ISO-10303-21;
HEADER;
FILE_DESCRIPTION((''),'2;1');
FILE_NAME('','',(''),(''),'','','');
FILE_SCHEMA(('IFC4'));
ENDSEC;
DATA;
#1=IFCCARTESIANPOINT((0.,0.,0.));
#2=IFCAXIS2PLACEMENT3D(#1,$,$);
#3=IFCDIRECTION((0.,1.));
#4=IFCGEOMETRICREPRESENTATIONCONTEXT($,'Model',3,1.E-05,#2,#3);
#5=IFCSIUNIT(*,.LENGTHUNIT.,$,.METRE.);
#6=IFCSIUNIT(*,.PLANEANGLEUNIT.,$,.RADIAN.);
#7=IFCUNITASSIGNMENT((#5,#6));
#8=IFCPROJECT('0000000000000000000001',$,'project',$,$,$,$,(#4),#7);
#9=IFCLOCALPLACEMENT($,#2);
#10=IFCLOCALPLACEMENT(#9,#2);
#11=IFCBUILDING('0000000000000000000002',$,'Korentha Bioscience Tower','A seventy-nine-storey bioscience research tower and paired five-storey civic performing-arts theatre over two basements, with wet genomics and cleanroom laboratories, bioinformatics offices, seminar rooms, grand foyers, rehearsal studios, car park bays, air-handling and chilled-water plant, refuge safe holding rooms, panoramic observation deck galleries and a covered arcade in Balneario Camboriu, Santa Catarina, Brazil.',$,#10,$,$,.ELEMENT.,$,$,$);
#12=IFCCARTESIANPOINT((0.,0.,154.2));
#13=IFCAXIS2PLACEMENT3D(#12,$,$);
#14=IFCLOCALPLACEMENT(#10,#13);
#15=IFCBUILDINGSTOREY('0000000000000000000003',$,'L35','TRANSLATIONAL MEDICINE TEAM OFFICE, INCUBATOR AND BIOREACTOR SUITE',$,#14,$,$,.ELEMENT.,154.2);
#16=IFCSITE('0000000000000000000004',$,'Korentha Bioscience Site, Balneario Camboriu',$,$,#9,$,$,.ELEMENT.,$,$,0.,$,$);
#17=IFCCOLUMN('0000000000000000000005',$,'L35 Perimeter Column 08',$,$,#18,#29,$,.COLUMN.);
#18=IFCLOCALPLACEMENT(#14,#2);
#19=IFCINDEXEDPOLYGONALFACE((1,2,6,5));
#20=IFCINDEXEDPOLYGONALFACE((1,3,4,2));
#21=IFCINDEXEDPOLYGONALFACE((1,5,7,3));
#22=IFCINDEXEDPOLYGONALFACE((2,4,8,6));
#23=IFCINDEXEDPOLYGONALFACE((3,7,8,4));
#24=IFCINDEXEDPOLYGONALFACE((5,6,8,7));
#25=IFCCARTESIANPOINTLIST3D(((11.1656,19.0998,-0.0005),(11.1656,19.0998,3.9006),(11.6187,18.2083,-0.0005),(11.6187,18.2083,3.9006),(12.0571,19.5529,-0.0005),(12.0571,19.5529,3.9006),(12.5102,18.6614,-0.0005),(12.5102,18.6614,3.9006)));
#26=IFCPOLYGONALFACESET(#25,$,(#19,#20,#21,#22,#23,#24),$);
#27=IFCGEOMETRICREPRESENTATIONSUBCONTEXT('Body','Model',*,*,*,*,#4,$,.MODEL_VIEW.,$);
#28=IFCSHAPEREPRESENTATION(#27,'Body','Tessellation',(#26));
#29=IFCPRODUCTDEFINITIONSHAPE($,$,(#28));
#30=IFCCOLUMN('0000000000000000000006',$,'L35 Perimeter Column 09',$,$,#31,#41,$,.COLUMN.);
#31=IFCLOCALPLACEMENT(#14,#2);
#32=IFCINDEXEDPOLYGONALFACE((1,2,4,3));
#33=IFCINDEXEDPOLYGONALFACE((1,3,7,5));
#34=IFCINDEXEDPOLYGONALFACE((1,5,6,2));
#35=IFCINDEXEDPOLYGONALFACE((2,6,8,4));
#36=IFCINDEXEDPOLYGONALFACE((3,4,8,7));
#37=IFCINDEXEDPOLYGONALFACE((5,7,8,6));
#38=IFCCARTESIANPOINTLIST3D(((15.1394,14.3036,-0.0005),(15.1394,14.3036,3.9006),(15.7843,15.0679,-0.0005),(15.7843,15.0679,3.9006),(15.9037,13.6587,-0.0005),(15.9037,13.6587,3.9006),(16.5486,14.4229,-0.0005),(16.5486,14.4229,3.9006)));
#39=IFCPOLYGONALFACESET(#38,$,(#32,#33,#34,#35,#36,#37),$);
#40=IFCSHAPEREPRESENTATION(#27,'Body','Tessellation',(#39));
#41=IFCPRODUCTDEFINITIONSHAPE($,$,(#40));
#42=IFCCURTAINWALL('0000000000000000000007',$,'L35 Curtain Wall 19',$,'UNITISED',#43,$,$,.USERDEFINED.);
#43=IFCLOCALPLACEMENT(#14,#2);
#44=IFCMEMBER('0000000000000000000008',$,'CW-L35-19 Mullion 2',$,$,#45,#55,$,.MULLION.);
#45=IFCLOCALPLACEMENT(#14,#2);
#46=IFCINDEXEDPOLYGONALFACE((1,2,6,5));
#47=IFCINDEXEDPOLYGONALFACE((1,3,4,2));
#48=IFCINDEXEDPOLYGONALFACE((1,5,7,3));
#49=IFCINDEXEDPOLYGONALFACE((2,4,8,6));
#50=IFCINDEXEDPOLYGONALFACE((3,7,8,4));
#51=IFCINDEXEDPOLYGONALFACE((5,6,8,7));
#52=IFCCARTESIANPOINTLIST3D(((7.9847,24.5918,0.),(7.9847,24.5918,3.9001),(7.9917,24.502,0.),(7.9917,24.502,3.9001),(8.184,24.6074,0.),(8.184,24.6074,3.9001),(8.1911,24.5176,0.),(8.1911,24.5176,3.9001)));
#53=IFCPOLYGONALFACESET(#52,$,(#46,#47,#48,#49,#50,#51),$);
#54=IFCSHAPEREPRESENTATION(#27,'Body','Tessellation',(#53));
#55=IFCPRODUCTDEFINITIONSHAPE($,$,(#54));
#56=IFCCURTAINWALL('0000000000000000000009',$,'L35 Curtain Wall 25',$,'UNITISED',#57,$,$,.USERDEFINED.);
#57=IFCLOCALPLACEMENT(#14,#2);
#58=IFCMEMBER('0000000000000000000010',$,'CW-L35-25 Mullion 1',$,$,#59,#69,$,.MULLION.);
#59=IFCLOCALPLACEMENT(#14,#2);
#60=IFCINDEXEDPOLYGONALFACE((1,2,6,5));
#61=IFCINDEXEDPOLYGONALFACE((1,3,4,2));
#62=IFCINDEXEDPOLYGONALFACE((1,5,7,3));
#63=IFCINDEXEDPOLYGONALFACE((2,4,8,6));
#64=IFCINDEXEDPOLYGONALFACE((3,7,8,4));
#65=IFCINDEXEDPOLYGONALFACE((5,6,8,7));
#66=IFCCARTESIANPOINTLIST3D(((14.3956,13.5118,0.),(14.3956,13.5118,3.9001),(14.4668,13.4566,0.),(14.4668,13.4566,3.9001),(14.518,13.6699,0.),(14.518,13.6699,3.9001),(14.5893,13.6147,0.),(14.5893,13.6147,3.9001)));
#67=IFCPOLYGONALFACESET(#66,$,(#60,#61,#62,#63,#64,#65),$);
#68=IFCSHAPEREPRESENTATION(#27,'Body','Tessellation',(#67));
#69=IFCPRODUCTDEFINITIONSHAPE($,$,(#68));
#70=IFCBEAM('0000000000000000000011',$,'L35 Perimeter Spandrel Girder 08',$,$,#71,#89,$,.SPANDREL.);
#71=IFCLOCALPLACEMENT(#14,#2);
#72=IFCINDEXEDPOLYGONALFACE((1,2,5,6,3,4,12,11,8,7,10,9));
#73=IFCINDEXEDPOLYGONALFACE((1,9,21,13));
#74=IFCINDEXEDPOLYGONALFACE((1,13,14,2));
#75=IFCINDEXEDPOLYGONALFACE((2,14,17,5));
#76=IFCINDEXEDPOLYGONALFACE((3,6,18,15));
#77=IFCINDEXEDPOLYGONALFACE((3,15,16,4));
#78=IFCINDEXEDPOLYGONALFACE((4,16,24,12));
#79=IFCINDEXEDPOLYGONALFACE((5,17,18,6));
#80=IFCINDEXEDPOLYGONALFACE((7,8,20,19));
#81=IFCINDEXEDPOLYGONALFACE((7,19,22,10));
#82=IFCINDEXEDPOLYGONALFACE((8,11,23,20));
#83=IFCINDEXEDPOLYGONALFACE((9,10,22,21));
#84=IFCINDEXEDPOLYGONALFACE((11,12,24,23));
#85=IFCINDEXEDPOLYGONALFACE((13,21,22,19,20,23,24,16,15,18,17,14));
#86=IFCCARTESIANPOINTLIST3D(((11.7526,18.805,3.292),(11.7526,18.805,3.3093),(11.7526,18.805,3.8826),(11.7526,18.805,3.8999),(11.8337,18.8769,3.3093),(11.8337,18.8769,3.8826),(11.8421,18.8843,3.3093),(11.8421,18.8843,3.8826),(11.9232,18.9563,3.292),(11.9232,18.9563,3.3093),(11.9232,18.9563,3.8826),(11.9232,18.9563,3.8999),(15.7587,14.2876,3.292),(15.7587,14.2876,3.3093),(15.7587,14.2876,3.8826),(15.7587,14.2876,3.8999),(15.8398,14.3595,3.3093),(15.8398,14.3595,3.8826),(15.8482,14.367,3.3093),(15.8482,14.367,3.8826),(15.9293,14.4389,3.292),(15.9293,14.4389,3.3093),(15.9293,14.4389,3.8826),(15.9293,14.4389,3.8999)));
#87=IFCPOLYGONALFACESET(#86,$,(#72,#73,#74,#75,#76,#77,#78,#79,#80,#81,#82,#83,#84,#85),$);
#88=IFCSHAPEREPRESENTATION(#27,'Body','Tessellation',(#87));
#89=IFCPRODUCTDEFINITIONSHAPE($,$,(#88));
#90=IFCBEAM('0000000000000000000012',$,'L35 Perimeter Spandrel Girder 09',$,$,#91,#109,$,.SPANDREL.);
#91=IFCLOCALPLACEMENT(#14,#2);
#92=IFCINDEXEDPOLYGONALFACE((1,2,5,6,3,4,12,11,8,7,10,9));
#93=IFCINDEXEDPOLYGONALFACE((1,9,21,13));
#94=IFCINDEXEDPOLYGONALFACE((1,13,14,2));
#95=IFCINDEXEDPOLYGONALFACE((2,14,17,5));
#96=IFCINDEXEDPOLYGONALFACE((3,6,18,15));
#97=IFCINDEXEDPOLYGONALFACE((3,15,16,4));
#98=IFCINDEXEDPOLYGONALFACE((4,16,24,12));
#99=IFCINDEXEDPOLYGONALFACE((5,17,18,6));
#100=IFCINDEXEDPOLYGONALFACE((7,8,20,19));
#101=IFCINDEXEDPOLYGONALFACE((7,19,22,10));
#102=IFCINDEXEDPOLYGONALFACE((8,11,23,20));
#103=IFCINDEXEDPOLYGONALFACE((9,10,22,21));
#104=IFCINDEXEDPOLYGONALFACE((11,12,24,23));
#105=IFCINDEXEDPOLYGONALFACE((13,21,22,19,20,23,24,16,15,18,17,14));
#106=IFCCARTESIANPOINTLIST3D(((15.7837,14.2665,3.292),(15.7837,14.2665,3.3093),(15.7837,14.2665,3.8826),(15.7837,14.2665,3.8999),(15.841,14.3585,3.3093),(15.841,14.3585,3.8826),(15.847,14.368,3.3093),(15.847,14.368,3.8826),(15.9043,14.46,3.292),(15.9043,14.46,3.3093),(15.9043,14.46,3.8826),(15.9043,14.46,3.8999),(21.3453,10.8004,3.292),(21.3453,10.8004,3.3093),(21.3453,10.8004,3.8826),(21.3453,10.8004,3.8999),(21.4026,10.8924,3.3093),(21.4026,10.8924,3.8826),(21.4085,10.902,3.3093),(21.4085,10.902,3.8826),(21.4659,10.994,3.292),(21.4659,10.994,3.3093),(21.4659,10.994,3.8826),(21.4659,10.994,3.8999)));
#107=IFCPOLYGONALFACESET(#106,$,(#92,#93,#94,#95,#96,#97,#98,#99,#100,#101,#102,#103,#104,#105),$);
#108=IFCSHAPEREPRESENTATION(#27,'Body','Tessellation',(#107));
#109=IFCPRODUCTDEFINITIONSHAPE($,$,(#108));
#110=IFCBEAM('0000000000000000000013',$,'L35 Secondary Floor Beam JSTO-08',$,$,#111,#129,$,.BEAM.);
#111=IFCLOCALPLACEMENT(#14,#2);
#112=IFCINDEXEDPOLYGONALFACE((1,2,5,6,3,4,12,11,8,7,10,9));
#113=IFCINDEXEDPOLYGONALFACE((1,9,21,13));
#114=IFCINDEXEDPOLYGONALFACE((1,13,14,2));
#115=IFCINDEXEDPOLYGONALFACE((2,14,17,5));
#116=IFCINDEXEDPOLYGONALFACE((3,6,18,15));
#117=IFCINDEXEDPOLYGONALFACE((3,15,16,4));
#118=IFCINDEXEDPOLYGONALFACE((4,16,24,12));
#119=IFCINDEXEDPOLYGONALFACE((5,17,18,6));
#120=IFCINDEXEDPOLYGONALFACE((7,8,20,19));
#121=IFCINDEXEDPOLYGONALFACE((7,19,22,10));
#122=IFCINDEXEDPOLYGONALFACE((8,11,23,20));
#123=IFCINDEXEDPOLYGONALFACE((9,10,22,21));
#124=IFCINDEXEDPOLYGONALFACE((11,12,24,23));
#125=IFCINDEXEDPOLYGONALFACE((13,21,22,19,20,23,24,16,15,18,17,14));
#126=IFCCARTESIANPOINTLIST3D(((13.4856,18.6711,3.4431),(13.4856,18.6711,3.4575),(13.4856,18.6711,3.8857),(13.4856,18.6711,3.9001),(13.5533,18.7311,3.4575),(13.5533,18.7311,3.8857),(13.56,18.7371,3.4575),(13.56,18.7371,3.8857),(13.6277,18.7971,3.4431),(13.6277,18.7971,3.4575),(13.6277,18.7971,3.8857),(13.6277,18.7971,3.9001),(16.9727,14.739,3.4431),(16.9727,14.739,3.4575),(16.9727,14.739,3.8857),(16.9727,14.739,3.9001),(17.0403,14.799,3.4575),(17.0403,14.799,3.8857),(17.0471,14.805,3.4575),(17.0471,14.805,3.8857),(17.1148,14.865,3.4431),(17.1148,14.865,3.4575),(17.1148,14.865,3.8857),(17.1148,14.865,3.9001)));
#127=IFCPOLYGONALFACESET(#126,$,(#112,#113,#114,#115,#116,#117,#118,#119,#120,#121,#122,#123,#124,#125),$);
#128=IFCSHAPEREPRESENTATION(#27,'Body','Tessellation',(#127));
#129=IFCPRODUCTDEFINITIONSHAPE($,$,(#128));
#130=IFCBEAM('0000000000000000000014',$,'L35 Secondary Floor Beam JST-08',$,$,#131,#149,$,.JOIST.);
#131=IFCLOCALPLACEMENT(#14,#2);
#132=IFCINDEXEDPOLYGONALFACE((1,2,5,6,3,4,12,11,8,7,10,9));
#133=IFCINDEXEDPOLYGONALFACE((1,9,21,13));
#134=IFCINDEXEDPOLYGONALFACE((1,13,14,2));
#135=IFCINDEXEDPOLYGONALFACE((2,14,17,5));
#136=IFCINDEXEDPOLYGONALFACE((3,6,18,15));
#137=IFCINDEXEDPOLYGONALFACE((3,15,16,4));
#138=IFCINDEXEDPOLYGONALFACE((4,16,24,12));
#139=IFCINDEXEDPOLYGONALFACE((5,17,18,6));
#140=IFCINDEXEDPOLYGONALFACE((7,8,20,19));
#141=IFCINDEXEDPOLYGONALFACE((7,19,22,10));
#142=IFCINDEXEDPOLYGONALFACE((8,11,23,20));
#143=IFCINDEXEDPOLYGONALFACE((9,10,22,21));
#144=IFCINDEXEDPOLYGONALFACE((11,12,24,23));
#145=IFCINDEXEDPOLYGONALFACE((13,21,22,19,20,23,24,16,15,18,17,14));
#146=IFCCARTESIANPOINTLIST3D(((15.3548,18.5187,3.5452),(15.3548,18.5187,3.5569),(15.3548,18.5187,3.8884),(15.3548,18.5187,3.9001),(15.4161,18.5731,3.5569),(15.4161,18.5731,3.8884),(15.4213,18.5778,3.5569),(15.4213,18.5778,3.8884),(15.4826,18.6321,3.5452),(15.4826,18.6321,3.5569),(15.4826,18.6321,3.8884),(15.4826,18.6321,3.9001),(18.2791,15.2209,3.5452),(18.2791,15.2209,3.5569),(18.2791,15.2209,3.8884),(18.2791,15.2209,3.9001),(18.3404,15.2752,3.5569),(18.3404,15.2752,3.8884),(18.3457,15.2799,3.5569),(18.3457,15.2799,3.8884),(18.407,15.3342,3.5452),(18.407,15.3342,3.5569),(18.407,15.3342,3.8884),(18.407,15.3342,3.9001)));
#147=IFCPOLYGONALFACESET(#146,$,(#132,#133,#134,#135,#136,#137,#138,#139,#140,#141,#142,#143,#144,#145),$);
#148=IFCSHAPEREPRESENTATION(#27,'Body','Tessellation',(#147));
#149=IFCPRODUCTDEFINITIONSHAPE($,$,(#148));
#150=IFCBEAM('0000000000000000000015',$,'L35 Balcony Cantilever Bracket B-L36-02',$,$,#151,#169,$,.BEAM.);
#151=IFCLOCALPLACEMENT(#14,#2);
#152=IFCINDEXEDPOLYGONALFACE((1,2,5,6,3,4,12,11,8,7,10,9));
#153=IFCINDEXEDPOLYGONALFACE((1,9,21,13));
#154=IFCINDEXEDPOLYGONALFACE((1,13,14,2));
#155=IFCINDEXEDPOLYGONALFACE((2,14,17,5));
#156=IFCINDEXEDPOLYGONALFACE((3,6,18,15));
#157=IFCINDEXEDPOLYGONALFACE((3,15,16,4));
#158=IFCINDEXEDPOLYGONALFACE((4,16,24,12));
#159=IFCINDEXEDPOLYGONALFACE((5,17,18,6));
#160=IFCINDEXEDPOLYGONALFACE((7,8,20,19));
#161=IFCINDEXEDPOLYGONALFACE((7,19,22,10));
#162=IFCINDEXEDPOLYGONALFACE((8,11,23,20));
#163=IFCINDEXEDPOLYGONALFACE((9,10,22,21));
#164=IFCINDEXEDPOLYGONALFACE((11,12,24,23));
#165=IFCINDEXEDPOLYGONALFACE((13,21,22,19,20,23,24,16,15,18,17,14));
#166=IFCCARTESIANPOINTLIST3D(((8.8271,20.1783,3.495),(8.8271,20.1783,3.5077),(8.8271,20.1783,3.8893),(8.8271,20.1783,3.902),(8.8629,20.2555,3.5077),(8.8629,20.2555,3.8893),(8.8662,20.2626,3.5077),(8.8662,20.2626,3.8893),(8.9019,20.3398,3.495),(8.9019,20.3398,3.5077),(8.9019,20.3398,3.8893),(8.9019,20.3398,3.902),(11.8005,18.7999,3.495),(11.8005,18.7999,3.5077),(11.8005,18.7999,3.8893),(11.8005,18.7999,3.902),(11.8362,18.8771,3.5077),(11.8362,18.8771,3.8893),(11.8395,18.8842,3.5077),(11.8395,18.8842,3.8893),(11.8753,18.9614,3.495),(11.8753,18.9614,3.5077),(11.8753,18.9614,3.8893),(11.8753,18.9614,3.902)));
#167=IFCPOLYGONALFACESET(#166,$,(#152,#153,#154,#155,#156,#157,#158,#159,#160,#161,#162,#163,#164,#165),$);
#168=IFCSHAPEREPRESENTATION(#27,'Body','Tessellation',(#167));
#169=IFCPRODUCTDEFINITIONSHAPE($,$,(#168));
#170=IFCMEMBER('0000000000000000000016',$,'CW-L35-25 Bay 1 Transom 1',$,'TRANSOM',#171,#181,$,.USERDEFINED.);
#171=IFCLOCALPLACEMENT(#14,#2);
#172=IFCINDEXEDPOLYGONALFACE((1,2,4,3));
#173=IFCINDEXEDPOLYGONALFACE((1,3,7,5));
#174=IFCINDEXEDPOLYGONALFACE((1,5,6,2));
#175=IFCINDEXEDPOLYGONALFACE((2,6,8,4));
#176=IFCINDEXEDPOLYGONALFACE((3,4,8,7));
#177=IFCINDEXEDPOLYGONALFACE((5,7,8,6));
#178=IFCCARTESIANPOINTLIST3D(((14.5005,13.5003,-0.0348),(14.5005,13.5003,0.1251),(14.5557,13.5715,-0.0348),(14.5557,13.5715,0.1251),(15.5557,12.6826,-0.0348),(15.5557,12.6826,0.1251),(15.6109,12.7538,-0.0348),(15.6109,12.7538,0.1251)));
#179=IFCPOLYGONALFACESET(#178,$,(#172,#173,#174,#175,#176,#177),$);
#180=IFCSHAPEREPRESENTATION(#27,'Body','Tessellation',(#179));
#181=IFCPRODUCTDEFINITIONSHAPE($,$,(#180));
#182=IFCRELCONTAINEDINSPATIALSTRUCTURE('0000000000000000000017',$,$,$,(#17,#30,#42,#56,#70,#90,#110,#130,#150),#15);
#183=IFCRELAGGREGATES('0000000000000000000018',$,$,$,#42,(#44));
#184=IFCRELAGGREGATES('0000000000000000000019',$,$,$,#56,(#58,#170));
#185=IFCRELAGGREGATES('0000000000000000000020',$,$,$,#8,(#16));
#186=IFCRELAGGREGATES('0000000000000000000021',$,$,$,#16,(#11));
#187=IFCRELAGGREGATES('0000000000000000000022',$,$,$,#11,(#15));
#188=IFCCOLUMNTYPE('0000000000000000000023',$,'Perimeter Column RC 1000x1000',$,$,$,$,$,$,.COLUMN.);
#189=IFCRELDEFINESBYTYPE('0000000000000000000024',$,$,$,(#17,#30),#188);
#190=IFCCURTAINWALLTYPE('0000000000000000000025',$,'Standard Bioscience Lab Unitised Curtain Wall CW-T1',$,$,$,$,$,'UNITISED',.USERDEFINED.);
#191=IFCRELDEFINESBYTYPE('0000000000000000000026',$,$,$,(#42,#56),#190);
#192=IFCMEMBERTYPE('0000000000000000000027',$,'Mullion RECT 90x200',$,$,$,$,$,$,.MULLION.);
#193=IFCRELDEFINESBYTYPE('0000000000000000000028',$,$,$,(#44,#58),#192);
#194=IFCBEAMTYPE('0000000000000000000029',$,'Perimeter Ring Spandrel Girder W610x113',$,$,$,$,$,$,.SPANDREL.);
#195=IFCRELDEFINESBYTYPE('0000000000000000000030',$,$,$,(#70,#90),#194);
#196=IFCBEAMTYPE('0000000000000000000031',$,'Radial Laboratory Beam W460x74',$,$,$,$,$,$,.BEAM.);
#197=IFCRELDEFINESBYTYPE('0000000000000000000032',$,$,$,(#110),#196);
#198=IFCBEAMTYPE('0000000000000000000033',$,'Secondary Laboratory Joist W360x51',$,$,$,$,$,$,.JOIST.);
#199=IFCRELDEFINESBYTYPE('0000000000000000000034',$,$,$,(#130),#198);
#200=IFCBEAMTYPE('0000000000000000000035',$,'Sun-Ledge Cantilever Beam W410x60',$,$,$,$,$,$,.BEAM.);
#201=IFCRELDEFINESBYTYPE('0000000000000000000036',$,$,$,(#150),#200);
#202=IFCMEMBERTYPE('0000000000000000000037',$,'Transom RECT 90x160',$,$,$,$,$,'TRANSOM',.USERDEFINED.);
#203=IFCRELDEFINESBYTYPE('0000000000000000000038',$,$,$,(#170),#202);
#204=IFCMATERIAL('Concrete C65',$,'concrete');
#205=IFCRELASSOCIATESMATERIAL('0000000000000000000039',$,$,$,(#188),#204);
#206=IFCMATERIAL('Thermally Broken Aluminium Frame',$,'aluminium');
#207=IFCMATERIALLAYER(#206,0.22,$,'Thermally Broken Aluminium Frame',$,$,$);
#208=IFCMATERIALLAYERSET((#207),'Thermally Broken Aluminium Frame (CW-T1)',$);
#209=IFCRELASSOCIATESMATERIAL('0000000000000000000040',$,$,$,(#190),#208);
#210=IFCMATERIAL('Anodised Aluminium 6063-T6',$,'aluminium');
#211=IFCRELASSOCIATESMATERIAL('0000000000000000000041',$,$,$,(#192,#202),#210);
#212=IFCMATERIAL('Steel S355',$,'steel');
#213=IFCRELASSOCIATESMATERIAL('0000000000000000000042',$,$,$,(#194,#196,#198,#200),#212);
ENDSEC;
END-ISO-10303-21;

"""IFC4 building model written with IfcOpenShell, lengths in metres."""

from ifc_helpers import new_model, si_unit, direction, frame, origin, origin_2d, place, context, subcontext, project, spatial, rectangle, i_section, extrude, material, layer, layer_set, material_profile, profile_set, type_object, element, aggregate, save


model = new_model("IFC4")

# Units and contexts
model_context = context("Model", 3, precision=1e-05, world=origin(), true_north=direction((0.0, 1.0)))
body_context = subcontext(model_context, "Body", "Model", "MODEL_VIEW")
ifc_project = project(units=[si_unit("LENGTHUNIT", "METRE"), si_unit("PLANEANGLEUNIT", "RADIAN")], contexts=[model_context])

# Site, building, storey
site_placement = place(None, origin())
site = spatial("IfcSite", under=ifc_project, at=site_placement, Name="Korentha Bioscience Site, Balneario Camboriu", CompositionType="ELEMENT", RefElevation=0.0)
building_placement = place(site_placement, origin())
building = spatial("IfcBuilding", under=site, at=building_placement, Name="Korentha Bioscience Tower", Description="A seventy-nine-storey bioscience research tower and paired five-storey civic performing-arts theatre over two basements, with wet genomics and cleanroom laboratories, bioinformatics offices, seminar rooms, grand foyers, rehearsal studios, car park bays, air-handling and chilled-water plant, refuge safe holding rooms, panoramic observation deck galleries and a covered arcade in Balneario Camboriu, Santa Catarina, Brazil.", CompositionType="ELEMENT")
storey_placement = place(building_placement, frame((0.0, 0.0, 154.2)))
storey = spatial("IfcBuildingStorey", under=building, at=storey_placement, Name="L35", Description="TRANSLATIONAL MEDICINE TEAM OFFICE, INCUBATOR AND BIOREACTOR SUITE", CompositionType="ELEMENT", Elevation=154.2)

# Columns
ifc_material_1 = material(Name="Concrete C65", Category="concrete")
ifc_material_profile_1 = material_profile(ifc_material_1, rectangle(XDim=1.0, YDim=1.0, at=origin_2d()), Name="Concrete C65")
ifc_profile_set_1 = profile_set([ifc_material_profile_1], Name="Concrete C65 (COL-P10)")
column_type = type_object("IfcColumnType", Name="Perimeter Column RC 1000x1000", PredefinedType="COLUMN", material=ifc_profile_set_1)
for number, where, z_axis, x_axis, name in (
    (1, (11.8379, 18.8806, -0.0005), (0.0, 0.0, 1.0), (-0.453057, 0.891481, 0.0), "L35 Perimeter Column 08"),
    (2, (15.844, 14.3633, -0.0005), (0.0, 0.0, 1.0), (-0.764246, 0.644924, 0.0), "L35 Perimeter Column 09"),
):
    element("IfcColumn", number, at=place(storey_placement, frame(where, z_axis=z_axis, x_axis=x_axis)), inside=storey, type_object=column_type, Name=name, PredefinedType="COLUMN", context=body_context, shape_type="SweptSolid", body=[
        extrude(rectangle(XDim=1.0, YDim=1.0, at=origin_2d()), origin(), (0.0, 0.0, 1.0), 3.9011),
    ])

# Curtain walls, members
ifc_material_2 = material(Name="Thermally Broken Aluminium Frame", Category="aluminium")
ifc_layer_1 = layer(ifc_material_2, 0.22, Name="Thermally Broken Aluminium Frame")
ifc_layer_set_1 = layer_set([ifc_layer_1], Name="Thermally Broken Aluminium Frame (CW-T1)")
curtain_wall_type = type_object("IfcCurtainWallType", Name="Standard Bioscience Lab Unitised Curtain Wall CW-T1", ElementType="UNITISED", PredefinedType="USERDEFINED", material=ifc_layer_set_1)
curtain_wall_1_placement = place(storey_placement, origin())
curtain_wall_1 = element("IfcCurtainWall", 3, at=curtain_wall_1_placement, inside=storey, type_object=curtain_wall_type, Name="L35 Curtain Wall 19", ObjectType="UNITISED", PredefinedType="USERDEFINED")
ifc_material_3 = material(Name="Anodised Aluminium 6063-T6", Category="aluminium")
ifc_material_profile_2 = material_profile(ifc_material_3, rectangle(XDim=0.0901, YDim=0.2, at=origin_2d()), Name="Anodised Aluminium 6063-T6")
ifc_profile_set_2 = profile_set([ifc_material_profile_2], Name="Anodised Aluminium 6063-T6 (CW-MUL)")
member_type_1 = type_object("IfcMemberType", Name="Mullion RECT 90x200", PredefinedType="MULLION", material=ifc_profile_set_2)
member_1_placement = place(storey_placement, frame((8.0879, 24.5547, 0.0), z_axis=(0.0, 0.0, 1.0), x_axis=(0.078031, -0.996951, 0.0)))
member_1 = element("IfcMember", 4, at=member_1_placement, type_object=member_type_1, Name="CW-L35-19 Mullion 2", PredefinedType="MULLION", context=body_context, shape_type="SweptSolid", body=[
    extrude(rectangle(XDim=0.0901, YDim=0.2, at=origin_2d()), origin(), (0.0, 0.0, 1.0), 3.9001),
])
curtain_wall_2_placement = place(storey_placement, origin())
curtain_wall_2 = element("IfcCurtainWall", 5, at=curtain_wall_2_placement, inside=storey, type_object=curtain_wall_type, Name="L35 Curtain Wall 25", ObjectType="UNITISED", PredefinedType="USERDEFINED")
member_2_placement = place(storey_placement, frame((14.4924, 13.5632, 0.0), z_axis=(0.0, 0.0, 1.0), x_axis=(0.790547, -0.612402, 0.0)))
member_2 = element("IfcMember", 6, at=member_2_placement, type_object=member_type_1, Name="CW-L35-25 Mullion 1", PredefinedType="MULLION", context=body_context, shape_type="SweptSolid", body=[
    extrude(rectangle(XDim=0.0901, YDim=0.2, at=origin_2d()), origin(), (0.0, 0.0, 1.0), 3.9001),
])

# Beams
ifc_material_4 = material(Name="Steel S355", Category="steel")
ifc_material_profile_3 = material_profile(ifc_material_4, i_section(OverallWidth=0.228, OverallDepth=0.6079, WebThickness=0.0112, FlangeThickness=0.0173, at=origin_2d()), Name="Steel S355")
ifc_profile_set_3 = profile_set([ifc_material_profile_3], Name="Steel S355 (SB-610)")
beam_type_1 = type_object("IfcBeamType", Name="Perimeter Ring Spandrel Girder W610x113", PredefinedType="SPANDREL", material=ifc_profile_set_3)
beam_1_placement = place(storey_placement, frame((11.8379, 18.8806, 3.5959), z_axis=(0.663503, -0.748174, 0.0), x_axis=(0.748174, 0.663503, 0.0)))
element("IfcBeam", 7, at=beam_1_placement, inside=storey, type_object=beam_type_1, Name="L35 Perimeter Spandrel Girder 08", PredefinedType="SPANDREL", context=body_context, shape_type="SweptSolid", body=[
    extrude(i_section(OverallWidth=0.228, OverallDepth=0.6079, WebThickness=0.0112, FlangeThickness=0.0173, at=origin_2d()), origin(), (0.0, 0.0, 1.0), 6.0378),
])
beam_2_placement = place(storey_placement, frame((15.844, 14.3633, 3.5959), z_axis=(0.848676, -0.528913, 0.0), x_axis=(0.528913, 0.848676, 0.0)))
element("IfcBeam", 8, at=beam_2_placement, inside=storey, type_object=beam_type_1, Name="L35 Perimeter Spandrel Girder 09", PredefinedType="SPANDREL", context=body_context, shape_type="SweptSolid", body=[
    extrude(i_section(OverallWidth=0.228, OverallDepth=0.6079, WebThickness=0.0112, FlangeThickness=0.0173, at=origin_2d()), origin(), (0.0, 0.0, 1.0), 6.5532),
])
ifc_material_profile_4 = material_profile(ifc_material_4, i_section(OverallWidth=0.1899, OverallDepth=0.457, WebThickness=0.009, FlangeThickness=0.0144, at=origin_2d()), Name="Steel S355")
ifc_profile_set_4 = profile_set([ifc_material_profile_4], Name="Steel S355 (RB-460)")
beam_type_2 = type_object("IfcBeamType", Name="Radial Laboratory Beam W460x74", PredefinedType="BEAM", material=ifc_profile_set_4)
beam_3_placement = place(storey_placement, frame((13.5566, 18.7341, 3.6716), z_axis=(0.663496, -0.74818, 0.0), x_axis=(0.74818, 0.663496, 0.0)))
element("IfcBeam", 9, at=beam_3_placement, inside=storey, type_object=beam_type_2, Name="L35 Secondary Floor Beam JSTO-08", PredefinedType="BEAM", context=body_context, shape_type="SweptSolid", body=[
    extrude(i_section(OverallWidth=0.1899, OverallDepth=0.457, WebThickness=0.009, FlangeThickness=0.0144, at=origin_2d()), origin(), (0.0, 0.0, 1.0), 5.2556),
])
ifc_material_profile_5 = material_profile(ifc_material_4, i_section(OverallWidth=0.1709, OverallDepth=0.355, WebThickness=0.0071, FlangeThickness=0.0117, at=origin_2d()), Name="Steel S355")
ifc_profile_set_5 = profile_set([ifc_material_profile_5], Name="Steel S355 (JB-360)")
beam_type_3 = type_object("IfcBeamType", Name="Secondary Laboratory Joist W360x51", PredefinedType="JOIST", material=ifc_profile_set_5)
beam_4_placement = place(storey_placement, frame((15.4187, 18.5754, 3.7227), z_axis=(0.663463, -0.748209, 0.0), x_axis=(0.748209, 0.663463, 0.0)))
element("IfcBeam", 10, at=beam_4_placement, inside=storey, type_object=beam_type_3, Name="L35 Secondary Floor Beam JST-08", PredefinedType="JOIST", context=body_context, shape_type="SweptSolid", body=[
    extrude(i_section(OverallWidth=0.1709, OverallDepth=0.355, WebThickness=0.0071, FlangeThickness=0.0117, at=origin_2d()), origin(), (0.0, 0.0, 1.0), 4.4077),
])
ifc_material_profile_6 = material_profile(ifc_material_4, i_section(OverallWidth=0.178, OverallDepth=0.407, WebThickness=0.0078, FlangeThickness=0.0127, at=origin_2d()), Name="Steel S355")
ifc_profile_set_6 = profile_set([ifc_material_profile_6], Name="Steel S355 (CB-410)")
beam_type_4 = type_object("IfcBeamType", Name="Sun-Ledge Cantilever Beam W410x60", PredefinedType="BEAM", material=ifc_profile_set_6)
beam_5_placement = place(storey_placement, frame((11.8379, 18.8806, 3.6985), z_axis=(-0.907252, 0.420588, 0.0), x_axis=(-0.420588, -0.907252, 0.0)))
element("IfcBeam", 11, at=beam_5_placement, inside=storey, type_object=beam_type_4, Name="L35 Balcony Cantilever Bracket B-L36-02", PredefinedType="BEAM", context=body_context, shape_type="SweptSolid", body=[
    extrude(i_section(OverallWidth=0.178, OverallDepth=0.407, WebThickness=0.0078, FlangeThickness=0.0127, at=origin_2d()), origin(), (0.0, 0.0, 1.0), 3.2773),
])

# Member
ifc_material_profile_7 = material_profile(ifc_material_3, rectangle(XDim=0.0901, YDim=0.1599, at=origin_2d()), Name="Anodised Aluminium 6063-T6")
ifc_profile_set_7 = profile_set([ifc_material_profile_7], Name="Anodised Aluminium 6063-T6 (CW-TRN)")
member_type_2 = type_object("IfcMemberType", Name="Transom RECT 90x160", ElementType="TRANSOM", PredefinedType="USERDEFINED", material=ifc_profile_set_7)
member_3_placement = place(storey_placement, frame((14.5281, 13.5359, 0.0452), z_axis=(0.790464, -0.612509, 0.0), x_axis=(0.612509, 0.790464, 0.0)))
member_3 = element("IfcMember", 12, at=member_3_placement, type_object=member_type_2, Name="CW-L35-25 Bay 1 Transom 1", ObjectType="TRANSOM", PredefinedType="USERDEFINED", context=body_context, shape_type="SweptSolid", body=[
    extrude(rectangle(XDim=0.0901, YDim=0.1599, at=origin_2d()), origin(), (0.0, 0.0, 1.0), 1.335),
])

aggregate(curtain_wall_1, [member_1])
aggregate(curtain_wall_2, [member_2, member_3])

save(model, "model.ifc")
